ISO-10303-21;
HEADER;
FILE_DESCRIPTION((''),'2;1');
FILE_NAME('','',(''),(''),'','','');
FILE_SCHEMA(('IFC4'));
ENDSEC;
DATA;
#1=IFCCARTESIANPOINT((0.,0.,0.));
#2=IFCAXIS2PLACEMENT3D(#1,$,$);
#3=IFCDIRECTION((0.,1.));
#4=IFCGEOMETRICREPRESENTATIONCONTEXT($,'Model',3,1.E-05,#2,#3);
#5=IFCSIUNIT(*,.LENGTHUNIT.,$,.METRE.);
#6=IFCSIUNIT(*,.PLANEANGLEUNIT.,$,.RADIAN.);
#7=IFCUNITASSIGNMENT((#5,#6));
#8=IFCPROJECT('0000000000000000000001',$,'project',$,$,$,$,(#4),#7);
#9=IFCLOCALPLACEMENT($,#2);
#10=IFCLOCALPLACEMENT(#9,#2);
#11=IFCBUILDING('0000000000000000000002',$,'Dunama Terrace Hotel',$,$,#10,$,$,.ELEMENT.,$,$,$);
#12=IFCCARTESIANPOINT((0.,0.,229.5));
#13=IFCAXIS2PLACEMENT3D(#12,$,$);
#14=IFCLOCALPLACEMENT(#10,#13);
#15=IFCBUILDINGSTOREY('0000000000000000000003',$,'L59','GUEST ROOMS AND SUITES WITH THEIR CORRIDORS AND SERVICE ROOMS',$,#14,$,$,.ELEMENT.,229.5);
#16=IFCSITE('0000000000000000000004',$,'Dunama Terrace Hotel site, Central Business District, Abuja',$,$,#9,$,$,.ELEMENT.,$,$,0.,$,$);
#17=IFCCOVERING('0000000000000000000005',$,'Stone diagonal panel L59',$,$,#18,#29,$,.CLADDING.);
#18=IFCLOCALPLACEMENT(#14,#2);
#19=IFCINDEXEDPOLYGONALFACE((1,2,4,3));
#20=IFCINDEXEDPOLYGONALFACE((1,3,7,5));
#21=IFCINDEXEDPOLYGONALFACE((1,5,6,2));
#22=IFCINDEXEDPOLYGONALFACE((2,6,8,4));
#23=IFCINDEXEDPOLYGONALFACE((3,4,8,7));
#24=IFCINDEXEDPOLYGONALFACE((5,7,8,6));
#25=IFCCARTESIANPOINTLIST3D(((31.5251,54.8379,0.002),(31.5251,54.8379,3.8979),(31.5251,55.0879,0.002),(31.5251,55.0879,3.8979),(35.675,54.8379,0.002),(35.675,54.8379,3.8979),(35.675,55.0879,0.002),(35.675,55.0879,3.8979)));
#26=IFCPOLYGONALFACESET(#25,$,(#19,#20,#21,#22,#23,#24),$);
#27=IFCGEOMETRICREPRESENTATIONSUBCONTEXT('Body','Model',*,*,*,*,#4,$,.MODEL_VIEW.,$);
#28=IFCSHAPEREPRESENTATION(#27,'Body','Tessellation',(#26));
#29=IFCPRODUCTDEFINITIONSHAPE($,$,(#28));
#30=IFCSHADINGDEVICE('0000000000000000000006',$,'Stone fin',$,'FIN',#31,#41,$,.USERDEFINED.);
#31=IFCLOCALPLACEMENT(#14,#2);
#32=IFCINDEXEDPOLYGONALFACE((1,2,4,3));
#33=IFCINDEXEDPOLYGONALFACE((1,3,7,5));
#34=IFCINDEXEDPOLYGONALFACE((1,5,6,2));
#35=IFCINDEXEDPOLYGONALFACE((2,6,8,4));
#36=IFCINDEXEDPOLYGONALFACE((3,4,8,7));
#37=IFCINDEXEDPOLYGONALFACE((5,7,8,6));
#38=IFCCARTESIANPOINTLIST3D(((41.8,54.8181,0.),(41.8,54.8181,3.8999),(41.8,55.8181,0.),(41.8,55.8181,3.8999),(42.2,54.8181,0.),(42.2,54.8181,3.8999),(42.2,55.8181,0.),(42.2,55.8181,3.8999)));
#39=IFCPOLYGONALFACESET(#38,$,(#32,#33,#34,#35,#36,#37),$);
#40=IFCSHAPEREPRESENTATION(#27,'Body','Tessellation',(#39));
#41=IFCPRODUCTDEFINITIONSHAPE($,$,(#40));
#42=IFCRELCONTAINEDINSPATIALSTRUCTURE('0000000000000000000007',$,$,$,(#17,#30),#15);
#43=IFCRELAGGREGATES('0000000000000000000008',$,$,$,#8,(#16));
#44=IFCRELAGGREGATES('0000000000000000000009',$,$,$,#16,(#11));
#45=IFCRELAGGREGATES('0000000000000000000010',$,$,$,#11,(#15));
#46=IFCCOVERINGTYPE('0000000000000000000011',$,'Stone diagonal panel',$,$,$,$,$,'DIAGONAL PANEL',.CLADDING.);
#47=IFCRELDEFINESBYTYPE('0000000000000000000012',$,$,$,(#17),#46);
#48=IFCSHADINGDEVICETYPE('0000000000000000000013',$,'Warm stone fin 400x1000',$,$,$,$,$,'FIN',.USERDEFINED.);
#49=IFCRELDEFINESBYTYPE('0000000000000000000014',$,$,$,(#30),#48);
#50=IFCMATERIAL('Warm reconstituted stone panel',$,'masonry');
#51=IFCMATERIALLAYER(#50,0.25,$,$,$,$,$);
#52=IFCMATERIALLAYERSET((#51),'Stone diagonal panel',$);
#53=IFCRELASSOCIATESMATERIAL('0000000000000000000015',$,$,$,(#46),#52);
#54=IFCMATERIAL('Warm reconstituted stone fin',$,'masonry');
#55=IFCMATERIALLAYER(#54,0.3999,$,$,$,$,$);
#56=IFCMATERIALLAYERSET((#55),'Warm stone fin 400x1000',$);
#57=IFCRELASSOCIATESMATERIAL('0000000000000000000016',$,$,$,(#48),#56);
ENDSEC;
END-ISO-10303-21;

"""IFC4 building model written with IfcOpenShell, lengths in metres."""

from ifc_helpers import new_model, si_unit, direction, frame, origin, origin_2d, place, context, subcontext, project, spatial, rectangle, extrude, material, layer, layer_set, type_object, element, save


model = new_model("IFC4")

# Units and contexts
model_context = context("Model", 3, precision=1e-05, world=origin(), true_north=direction((0.0, 1.0)))
body_context = subcontext(model_context, "Body", "Model", "MODEL_VIEW")
ifc_project = project(units=[si_unit("LENGTHUNIT", "METRE"), si_unit("PLANEANGLEUNIT", "RADIAN")], contexts=[model_context])

# Site, building, storey
site_placement = place(None, origin())
site = spatial("IfcSite", under=ifc_project, at=site_placement, Name="Dunama Terrace Hotel site, Central Business District, Abuja", CompositionType="ELEMENT", RefElevation=0.0)
building_placement = place(site_placement, origin())
building = spatial("IfcBuilding", under=site, at=building_placement, Name="Dunama Terrace Hotel", CompositionType="ELEMENT")
storey_placement = place(building_placement, frame((0.0, 0.0, 229.5)))
storey = spatial("IfcBuildingStorey", under=building, at=storey_placement, Name="L59", Description="GUEST ROOMS AND SUITES WITH THEIR CORRIDORS AND SERVICE ROOMS", CompositionType="ELEMENT", Elevation=229.5)

# Covering
ifc_material_1 = material(Name="Warm reconstituted stone panel", Category="masonry")
ifc_layer_1 = layer(ifc_material_1, 0.25)
ifc_layer_set_1 = layer_set([ifc_layer_1], Name="Stone diagonal panel")
covering_type = type_object("IfcCoveringType", Name="Stone diagonal panel", ElementType="DIAGONAL PANEL", PredefinedType="CLADDING", material=ifc_layer_set_1)
covering_placement = place(storey_placement, frame((33.6001, 54.9629, 0.002), z_axis=(0.0, 0.0, 1.0), x_axis=(-1.0, 0.0, 0.0)))
element("IfcCovering", 1, at=covering_placement, inside=storey, type_object=covering_type, Name="Stone diagonal panel L59", PredefinedType="CLADDING", context=body_context, shape_type="SweptSolid", body=[
    extrude(rectangle(XDim=4.1499, YDim=0.25, at=origin_2d()), origin(), (0.0, 0.0, 1.0), 3.896),
])

# Shading device
ifc_material_2 = material(Name="Warm reconstituted stone fin", Category="masonry")
ifc_layer_2 = layer(ifc_material_2, 0.3999)
ifc_layer_set_2 = layer_set([ifc_layer_2], Name="Warm stone fin 400x1000")
shading_device_type = type_object("IfcShadingDeviceType", Name="Warm stone fin 400x1000", ElementType="FIN", PredefinedType="USERDEFINED", material=ifc_layer_set_2)
shading_device_placement = place(storey_placement, frame((42.0, 55.3181, 0.0), z_axis=(0.0, 0.0, 1.0), x_axis=(-1.0, 0.0, 0.0)))
element("IfcShadingDevice", 2, at=shading_device_placement, inside=storey, type_object=shading_device_type, Name="Stone fin", ObjectType="FIN", PredefinedType="USERDEFINED", context=body_context, shape_type="SweptSolid", body=[
    extrude(rectangle(XDim=0.3999, YDim=1.0, at=origin_2d()), origin(), (0.0, 0.0, 1.0), 3.8999),
])

save(model, "model.ifc")
